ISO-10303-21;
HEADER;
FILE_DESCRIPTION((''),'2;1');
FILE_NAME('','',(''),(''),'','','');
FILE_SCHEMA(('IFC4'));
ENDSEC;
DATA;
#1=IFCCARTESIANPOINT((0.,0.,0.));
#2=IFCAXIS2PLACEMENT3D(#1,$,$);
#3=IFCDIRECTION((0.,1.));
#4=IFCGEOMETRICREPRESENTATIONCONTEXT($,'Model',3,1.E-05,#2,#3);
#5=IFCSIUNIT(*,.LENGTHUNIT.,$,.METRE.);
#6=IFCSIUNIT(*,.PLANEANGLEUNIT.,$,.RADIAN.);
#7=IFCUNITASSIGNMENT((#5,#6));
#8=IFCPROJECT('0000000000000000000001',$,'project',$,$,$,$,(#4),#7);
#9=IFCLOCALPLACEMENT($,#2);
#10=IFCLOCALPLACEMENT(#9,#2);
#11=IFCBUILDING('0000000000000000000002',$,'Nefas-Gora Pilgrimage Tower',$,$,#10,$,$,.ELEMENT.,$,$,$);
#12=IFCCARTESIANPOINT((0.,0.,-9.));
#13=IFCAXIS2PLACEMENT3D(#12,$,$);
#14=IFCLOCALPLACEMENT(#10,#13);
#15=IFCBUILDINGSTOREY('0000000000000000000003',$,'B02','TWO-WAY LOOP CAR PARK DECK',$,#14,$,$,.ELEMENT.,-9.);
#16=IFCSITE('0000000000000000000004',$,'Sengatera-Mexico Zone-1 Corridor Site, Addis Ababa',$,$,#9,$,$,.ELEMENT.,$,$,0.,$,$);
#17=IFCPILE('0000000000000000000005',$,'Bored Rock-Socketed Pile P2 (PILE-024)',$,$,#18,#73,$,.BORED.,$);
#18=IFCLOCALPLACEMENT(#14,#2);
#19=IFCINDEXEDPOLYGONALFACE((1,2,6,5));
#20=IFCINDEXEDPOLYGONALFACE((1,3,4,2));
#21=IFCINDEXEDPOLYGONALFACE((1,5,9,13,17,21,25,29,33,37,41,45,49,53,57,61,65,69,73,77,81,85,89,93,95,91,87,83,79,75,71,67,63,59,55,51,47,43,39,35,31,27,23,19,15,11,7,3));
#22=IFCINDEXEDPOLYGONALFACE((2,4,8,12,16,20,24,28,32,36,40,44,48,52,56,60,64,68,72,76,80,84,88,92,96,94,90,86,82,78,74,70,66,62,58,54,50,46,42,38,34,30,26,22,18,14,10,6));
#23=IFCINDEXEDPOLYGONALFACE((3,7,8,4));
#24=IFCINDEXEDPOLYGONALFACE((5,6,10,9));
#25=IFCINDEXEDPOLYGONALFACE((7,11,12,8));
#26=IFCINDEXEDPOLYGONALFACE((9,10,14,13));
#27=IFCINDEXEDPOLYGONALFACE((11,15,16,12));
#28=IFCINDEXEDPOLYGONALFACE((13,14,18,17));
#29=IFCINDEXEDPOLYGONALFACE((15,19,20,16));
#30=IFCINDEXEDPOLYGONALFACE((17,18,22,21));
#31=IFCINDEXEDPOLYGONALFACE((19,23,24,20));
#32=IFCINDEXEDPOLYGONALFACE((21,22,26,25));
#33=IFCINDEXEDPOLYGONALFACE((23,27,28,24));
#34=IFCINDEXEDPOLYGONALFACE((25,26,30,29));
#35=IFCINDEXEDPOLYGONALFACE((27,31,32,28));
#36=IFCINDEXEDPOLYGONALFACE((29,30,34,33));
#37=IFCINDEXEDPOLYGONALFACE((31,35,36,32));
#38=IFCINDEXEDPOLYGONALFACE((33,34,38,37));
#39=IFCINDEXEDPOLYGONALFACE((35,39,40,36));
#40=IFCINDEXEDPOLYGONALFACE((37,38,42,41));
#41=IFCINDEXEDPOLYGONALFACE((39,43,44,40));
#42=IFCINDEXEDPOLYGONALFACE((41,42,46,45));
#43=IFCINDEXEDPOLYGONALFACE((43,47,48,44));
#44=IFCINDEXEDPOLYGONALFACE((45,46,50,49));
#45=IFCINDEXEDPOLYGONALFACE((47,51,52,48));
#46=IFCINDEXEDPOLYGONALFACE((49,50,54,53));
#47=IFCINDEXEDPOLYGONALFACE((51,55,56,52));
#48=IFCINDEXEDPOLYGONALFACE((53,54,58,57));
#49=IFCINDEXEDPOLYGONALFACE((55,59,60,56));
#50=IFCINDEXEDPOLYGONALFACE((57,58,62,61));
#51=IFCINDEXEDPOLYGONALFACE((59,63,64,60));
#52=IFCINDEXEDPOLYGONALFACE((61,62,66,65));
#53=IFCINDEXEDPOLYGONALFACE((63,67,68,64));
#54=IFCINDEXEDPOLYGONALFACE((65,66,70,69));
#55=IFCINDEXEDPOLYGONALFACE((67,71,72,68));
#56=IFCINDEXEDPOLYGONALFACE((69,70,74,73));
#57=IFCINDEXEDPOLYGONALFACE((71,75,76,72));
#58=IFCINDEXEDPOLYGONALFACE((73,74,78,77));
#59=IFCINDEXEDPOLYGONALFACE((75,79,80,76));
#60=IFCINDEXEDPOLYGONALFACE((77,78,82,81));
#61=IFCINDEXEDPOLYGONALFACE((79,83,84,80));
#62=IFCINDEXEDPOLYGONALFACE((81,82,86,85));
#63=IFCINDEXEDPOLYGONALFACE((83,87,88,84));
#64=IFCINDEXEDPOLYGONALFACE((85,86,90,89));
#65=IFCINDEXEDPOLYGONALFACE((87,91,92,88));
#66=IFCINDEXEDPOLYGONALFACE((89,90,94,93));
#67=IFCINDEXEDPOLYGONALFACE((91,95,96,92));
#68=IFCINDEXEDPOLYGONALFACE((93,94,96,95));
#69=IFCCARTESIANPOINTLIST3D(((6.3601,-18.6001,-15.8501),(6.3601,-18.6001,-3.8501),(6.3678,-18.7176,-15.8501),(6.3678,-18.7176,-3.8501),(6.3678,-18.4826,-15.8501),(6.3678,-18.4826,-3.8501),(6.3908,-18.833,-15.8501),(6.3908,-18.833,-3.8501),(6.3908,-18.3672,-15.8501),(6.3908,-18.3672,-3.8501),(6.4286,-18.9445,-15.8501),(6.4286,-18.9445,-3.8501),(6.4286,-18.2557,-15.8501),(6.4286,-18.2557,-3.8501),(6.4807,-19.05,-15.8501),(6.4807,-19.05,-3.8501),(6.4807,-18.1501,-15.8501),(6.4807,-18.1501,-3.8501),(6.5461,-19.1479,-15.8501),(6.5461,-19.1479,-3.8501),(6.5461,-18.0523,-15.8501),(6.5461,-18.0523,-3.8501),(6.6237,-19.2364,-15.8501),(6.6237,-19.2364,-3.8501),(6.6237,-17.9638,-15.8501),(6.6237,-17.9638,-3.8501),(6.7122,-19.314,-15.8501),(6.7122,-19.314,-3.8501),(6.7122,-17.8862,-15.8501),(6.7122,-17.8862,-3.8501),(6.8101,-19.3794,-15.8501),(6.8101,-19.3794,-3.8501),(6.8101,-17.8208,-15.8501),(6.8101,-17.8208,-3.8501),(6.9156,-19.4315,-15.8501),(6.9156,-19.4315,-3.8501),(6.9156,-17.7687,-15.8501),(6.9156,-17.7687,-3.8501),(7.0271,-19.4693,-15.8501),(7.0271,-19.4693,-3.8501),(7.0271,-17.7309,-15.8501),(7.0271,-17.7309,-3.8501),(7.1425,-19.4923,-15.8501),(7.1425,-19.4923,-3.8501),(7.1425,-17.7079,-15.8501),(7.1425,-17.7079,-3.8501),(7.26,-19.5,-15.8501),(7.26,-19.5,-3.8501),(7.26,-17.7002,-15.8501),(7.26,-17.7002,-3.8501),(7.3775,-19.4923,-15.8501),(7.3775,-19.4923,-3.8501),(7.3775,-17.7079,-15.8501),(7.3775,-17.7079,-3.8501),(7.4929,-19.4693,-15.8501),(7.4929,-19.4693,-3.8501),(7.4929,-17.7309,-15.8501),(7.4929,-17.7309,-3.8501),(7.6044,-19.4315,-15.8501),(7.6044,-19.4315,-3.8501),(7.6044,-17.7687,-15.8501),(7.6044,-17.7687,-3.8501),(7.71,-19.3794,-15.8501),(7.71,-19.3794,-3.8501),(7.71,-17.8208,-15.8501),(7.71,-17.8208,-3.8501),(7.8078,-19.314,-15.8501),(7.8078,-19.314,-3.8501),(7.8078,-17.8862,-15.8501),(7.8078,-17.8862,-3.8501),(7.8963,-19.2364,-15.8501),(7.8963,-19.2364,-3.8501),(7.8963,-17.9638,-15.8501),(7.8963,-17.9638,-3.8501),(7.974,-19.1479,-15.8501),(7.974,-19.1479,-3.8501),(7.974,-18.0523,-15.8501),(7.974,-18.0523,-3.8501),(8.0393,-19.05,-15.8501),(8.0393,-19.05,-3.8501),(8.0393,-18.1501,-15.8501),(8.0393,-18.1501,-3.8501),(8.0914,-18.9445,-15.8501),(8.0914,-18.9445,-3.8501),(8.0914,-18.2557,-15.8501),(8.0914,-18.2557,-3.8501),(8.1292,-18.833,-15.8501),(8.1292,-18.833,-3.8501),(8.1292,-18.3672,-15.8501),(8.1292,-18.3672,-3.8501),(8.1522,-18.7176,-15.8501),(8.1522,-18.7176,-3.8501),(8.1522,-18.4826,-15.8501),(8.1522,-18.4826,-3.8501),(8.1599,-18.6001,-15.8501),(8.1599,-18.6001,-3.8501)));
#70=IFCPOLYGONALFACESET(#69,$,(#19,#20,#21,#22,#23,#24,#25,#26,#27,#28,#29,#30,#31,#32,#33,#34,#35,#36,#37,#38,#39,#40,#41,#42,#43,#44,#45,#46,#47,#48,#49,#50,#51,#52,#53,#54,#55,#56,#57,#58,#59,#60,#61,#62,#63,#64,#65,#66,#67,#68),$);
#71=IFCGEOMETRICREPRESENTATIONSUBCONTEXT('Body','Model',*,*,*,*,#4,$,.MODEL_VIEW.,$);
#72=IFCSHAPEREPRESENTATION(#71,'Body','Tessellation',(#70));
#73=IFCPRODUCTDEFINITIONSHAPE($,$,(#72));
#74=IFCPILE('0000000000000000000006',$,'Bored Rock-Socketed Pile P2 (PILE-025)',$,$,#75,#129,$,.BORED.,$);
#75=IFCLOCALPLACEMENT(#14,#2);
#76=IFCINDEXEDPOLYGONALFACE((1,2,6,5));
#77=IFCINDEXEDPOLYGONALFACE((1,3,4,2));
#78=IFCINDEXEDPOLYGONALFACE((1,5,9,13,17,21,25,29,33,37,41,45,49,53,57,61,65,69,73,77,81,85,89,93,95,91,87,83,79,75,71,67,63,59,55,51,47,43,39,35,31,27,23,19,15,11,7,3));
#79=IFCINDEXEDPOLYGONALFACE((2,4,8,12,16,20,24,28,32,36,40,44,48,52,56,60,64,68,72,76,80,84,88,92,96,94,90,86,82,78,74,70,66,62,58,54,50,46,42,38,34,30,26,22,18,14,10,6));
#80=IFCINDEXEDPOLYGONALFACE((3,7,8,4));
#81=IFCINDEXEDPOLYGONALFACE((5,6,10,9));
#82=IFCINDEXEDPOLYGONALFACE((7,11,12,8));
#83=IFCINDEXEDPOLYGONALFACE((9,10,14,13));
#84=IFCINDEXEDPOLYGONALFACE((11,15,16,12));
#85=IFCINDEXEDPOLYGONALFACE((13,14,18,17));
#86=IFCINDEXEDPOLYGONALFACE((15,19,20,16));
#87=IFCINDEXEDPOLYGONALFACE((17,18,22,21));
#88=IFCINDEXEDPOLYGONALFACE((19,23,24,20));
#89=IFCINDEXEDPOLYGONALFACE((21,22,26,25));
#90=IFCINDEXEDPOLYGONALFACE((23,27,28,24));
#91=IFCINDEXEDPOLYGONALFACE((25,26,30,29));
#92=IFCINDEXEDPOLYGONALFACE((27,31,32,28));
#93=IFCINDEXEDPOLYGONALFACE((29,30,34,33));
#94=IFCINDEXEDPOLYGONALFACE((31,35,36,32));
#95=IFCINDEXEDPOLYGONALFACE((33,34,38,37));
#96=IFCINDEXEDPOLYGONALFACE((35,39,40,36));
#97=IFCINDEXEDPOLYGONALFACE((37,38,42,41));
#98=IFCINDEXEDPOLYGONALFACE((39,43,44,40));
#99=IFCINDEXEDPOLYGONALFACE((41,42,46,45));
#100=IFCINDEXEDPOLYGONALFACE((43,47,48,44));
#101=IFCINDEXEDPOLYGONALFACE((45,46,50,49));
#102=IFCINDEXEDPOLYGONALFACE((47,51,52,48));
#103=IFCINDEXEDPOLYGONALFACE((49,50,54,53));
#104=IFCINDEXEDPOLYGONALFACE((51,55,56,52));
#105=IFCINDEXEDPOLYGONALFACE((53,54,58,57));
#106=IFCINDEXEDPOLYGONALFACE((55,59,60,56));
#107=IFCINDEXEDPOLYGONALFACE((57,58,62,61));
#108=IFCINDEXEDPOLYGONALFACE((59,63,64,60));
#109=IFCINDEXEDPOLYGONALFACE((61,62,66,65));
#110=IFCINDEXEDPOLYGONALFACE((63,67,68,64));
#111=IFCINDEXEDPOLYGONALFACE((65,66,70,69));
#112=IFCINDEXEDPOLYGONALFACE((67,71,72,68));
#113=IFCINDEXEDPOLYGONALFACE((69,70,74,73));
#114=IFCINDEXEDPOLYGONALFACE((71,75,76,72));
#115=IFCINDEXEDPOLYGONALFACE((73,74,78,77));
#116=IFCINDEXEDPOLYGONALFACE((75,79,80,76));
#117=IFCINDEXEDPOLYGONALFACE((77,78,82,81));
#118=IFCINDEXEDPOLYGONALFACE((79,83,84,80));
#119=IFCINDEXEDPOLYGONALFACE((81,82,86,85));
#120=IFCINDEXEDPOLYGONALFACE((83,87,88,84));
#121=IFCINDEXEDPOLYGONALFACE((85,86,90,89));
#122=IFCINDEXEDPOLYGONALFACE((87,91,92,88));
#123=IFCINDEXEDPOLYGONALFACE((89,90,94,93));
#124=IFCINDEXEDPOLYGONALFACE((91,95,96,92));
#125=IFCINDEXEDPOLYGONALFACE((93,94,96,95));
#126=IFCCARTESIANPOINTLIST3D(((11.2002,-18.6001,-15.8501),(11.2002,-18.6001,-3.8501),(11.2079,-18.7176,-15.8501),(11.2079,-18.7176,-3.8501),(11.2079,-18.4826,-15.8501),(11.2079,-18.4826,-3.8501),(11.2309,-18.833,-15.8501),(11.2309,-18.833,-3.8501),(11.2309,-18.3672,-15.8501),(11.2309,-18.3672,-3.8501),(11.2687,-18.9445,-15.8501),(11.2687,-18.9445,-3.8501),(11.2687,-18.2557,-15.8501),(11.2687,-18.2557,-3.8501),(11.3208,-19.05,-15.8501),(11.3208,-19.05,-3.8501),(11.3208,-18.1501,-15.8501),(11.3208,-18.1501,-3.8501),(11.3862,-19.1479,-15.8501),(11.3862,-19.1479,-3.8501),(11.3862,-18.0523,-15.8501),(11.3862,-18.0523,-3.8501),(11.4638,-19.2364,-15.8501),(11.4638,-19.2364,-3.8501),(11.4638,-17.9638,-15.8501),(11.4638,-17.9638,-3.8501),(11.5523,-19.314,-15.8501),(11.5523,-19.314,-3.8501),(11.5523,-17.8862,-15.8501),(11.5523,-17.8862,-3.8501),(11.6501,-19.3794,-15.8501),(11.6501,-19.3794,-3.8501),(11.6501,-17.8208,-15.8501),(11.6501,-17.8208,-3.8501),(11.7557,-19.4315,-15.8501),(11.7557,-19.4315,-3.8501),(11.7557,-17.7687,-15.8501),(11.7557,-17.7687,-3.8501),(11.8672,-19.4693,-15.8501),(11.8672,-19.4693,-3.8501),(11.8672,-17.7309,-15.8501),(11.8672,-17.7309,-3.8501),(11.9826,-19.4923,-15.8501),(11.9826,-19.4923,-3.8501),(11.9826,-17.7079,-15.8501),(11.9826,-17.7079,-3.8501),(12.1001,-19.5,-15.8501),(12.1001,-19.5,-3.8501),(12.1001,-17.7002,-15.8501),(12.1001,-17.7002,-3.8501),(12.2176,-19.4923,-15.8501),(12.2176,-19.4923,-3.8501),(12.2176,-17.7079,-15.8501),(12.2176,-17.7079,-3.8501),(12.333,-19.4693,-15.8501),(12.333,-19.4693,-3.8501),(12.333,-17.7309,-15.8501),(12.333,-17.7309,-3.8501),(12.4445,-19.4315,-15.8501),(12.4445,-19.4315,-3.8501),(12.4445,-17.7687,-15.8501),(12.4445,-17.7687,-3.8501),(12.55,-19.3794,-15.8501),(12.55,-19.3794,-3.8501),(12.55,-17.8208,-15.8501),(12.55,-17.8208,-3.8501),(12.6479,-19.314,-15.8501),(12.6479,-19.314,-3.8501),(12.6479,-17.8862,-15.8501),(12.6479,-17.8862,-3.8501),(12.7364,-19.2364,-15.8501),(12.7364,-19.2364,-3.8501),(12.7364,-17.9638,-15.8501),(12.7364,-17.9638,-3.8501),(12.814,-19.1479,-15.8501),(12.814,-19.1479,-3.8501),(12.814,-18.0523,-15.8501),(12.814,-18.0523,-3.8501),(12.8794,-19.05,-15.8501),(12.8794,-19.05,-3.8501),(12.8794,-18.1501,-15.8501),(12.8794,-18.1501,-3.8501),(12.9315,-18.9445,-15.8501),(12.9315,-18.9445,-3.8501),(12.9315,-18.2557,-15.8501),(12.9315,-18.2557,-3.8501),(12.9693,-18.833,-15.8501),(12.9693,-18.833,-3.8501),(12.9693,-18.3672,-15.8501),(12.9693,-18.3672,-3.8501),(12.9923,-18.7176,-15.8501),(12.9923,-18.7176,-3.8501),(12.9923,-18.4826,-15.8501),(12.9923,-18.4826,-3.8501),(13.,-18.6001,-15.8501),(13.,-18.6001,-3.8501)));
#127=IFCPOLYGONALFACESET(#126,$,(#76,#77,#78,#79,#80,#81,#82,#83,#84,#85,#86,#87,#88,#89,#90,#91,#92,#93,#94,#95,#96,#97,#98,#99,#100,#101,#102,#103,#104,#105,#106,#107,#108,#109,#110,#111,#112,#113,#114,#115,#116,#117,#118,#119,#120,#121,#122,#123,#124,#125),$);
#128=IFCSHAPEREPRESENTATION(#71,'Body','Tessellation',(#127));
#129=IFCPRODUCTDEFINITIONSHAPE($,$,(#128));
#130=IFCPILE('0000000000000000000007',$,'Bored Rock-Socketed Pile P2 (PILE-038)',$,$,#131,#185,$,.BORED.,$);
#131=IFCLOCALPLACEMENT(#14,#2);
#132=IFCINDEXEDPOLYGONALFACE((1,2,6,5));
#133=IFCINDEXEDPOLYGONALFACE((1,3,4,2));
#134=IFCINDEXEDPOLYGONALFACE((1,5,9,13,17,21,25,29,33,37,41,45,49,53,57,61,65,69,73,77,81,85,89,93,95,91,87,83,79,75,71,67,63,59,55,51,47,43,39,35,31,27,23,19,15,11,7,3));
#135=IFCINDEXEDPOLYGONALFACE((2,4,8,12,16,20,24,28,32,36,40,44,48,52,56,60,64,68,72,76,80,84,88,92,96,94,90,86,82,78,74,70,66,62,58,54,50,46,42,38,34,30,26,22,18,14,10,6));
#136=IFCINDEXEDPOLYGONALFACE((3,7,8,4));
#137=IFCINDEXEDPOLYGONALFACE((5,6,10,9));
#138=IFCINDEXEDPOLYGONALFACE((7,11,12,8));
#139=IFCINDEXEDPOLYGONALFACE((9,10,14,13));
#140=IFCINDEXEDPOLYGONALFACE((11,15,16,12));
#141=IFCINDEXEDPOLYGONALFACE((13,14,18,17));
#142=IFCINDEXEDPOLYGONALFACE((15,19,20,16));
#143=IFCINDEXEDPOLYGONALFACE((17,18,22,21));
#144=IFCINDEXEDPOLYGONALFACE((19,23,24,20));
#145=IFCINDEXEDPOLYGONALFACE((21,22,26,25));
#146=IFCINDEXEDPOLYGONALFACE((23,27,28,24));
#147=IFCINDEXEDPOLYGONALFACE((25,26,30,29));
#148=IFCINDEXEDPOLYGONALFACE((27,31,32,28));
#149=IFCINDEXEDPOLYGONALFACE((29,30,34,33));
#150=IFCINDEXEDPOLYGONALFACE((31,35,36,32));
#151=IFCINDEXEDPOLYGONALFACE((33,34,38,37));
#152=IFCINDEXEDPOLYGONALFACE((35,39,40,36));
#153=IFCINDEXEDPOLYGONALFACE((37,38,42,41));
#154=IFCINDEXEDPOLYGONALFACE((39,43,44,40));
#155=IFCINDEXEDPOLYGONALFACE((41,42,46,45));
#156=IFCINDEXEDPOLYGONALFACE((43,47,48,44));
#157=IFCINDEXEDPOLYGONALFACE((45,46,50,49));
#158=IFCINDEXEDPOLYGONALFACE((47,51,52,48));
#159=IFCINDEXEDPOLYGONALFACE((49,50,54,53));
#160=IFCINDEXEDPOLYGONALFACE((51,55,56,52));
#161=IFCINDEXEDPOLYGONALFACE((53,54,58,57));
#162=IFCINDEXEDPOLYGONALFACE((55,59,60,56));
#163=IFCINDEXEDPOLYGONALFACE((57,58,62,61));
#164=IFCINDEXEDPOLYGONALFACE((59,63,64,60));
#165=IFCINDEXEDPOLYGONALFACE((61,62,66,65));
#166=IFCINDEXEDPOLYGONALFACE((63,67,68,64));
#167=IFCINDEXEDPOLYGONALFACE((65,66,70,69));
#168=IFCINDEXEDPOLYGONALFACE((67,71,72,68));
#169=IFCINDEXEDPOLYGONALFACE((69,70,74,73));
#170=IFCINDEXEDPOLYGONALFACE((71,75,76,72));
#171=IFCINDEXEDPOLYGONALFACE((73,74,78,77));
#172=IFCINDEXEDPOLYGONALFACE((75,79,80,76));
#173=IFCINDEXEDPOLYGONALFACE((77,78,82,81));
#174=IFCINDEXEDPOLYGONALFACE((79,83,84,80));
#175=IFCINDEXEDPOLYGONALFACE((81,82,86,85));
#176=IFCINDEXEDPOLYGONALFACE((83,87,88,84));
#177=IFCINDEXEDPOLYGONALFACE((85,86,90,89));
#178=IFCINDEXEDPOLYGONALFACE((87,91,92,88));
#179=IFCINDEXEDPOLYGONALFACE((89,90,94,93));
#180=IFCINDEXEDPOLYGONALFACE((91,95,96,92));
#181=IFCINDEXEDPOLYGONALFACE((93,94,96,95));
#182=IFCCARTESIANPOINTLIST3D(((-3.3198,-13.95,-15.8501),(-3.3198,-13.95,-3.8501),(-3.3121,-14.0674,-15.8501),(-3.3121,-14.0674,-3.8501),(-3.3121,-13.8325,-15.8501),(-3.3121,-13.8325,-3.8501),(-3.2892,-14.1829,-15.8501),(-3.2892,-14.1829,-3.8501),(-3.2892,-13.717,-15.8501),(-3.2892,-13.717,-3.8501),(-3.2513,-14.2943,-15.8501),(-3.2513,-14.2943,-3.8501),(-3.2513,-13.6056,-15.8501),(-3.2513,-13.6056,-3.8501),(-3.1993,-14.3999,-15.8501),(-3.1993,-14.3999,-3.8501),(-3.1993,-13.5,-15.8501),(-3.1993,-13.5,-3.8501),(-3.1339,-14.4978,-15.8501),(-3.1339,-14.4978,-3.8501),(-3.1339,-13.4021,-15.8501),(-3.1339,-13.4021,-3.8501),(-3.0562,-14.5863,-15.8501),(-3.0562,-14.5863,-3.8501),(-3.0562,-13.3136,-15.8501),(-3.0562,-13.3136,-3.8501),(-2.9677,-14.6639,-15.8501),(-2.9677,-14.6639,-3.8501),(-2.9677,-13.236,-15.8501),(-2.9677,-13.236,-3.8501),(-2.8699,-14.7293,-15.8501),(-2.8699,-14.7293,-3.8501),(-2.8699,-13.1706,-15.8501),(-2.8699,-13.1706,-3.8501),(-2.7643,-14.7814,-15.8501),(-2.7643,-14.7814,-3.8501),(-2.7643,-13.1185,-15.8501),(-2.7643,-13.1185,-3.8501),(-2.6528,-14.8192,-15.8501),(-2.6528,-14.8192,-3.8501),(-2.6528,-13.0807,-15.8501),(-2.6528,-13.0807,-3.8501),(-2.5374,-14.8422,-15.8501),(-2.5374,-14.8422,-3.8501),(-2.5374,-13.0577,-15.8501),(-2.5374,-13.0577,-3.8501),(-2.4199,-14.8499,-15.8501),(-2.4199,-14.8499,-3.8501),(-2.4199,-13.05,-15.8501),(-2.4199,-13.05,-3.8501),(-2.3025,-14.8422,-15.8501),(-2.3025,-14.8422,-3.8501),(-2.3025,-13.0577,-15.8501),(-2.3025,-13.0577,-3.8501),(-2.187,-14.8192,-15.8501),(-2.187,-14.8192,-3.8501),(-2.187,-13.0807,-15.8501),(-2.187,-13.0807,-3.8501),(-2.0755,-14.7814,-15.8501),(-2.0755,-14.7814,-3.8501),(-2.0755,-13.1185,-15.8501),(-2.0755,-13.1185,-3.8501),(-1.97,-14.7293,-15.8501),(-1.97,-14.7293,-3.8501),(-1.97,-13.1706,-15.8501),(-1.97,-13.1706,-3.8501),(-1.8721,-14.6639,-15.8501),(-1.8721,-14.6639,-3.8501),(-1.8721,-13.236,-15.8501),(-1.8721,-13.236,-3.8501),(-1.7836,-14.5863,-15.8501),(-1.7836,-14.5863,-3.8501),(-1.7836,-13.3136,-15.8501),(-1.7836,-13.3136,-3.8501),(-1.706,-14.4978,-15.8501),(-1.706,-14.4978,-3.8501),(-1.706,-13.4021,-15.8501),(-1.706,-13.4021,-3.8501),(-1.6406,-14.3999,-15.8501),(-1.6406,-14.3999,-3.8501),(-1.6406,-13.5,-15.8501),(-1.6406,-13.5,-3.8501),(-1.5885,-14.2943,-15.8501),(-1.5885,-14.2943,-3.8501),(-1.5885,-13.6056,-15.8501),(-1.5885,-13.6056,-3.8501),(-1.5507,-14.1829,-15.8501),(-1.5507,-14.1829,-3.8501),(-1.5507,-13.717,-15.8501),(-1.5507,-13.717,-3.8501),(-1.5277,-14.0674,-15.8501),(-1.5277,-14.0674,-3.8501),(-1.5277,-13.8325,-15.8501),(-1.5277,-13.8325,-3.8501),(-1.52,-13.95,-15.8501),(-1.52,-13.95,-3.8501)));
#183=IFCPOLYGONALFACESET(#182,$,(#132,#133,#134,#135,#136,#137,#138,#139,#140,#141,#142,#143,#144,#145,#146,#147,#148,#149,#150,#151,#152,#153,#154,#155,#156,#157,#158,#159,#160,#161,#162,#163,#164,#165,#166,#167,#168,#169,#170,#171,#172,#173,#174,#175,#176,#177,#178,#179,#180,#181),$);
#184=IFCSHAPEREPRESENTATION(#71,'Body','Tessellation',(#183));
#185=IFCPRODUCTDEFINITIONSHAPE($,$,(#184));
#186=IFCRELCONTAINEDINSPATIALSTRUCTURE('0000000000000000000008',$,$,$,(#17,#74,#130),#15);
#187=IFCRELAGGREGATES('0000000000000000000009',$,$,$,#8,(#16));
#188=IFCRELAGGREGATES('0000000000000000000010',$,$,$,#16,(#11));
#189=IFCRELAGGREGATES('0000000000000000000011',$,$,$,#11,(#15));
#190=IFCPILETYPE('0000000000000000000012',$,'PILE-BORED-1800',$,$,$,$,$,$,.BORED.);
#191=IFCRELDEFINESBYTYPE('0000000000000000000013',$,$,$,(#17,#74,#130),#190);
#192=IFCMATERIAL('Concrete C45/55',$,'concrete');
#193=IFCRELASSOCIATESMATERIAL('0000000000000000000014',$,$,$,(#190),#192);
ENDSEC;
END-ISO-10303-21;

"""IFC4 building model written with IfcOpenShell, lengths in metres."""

from ifc_helpers import new_model, si_unit, direction, frame, origin, origin_2d, place, context, subcontext, project, spatial, circle, extrude, source, transform, mapped, material, material_profile, profile_set, type_object, element, save


model = new_model("IFC4")

# Units and contexts
model_context = context("Model", 3, precision=1e-05, world=origin(), true_north=direction((0.0, 1.0)))
body_context = subcontext(model_context, "Body", "Model", "MODEL_VIEW")
ifc_project = project(units=[si_unit("LENGTHUNIT", "METRE"), si_unit("PLANEANGLEUNIT", "RADIAN")], contexts=[model_context])

# Site, building, storey
site_placement = place(None, origin())
site = spatial("IfcSite", under=ifc_project, at=site_placement, Name="Sengatera-Mexico Zone-1 Corridor Site, Addis Ababa", CompositionType="ELEMENT", RefElevation=0.0)
building_placement = place(site_placement, origin())
building = spatial("IfcBuilding", under=site, at=building_placement, Name="Nefas-Gora Pilgrimage Tower", CompositionType="ELEMENT")
storey_placement = place(building_placement, frame((0.0, 0.0, -9.0)))
storey = spatial("IfcBuildingStorey", under=building, at=storey_placement, Name="B02", Description="TWO-WAY LOOP CAR PARK DECK", CompositionType="ELEMENT", Elevation=-9.0)

# Piles
ifc_material_1 = material(Name="Concrete C45/55", Category="concrete")
ifc_material_profile_1 = material_profile(ifc_material_1, circle(Radius=0.8999, at=origin_2d()), Name="PILE D1800")
ifc_profile_set_1 = profile_set([ifc_material_profile_1], Name="Concrete C45/55")
pile_type_1 = type_object("IfcPileType", Name="PILE-BORED-1800", PredefinedType="BORED", material=ifc_profile_set_1)
shared_shape_1 = source(origin(), body_context, "Body", "SweptSolid", [
    extrude(circle(Radius=0.8999, at=origin_2d()), origin(), (0.0, 0.0, 1.0), 12.0),
])
for number, where, z_axis, x_axis, name in (
    (1, (7.26, -18.6001, -3.8501), (0.0, 0.0, -1.0), (1.0, 0.0, 0.0), "Bored Rock-Socketed Pile P2 (PILE-024)"),
    (2, (12.1001, -18.6001, -3.8501), (0.0, 0.0, -1.0), (1.0, 0.0, 0.0), "Bored Rock-Socketed Pile P2 (PILE-025)"),
    (3, (-2.4199, -13.95, -3.8501), (0.0, 0.0, -1.0), (1.0, 0.0, 0.0), "Bored Rock-Socketed Pile P2 (PILE-038)"),
):
    element("IfcPile", number, at=place(storey_placement, frame(where, z_axis=z_axis, x_axis=x_axis)), inside=storey, type_object=pile_type_1, Name=name, PredefinedType="BORED", context=body_context, shape_type="MappedRepresentation", body=[
        mapped(shared_shape_1, transform((0.0, 0.0, 0.0), x_axis=(1.0, 0.0, 0.0), y_axis=(0.0, 1.0, 0.0), z_axis=(0.0, 0.0, 1.0), scale=1.0)),
    ])

save(model, "model.ifc")
